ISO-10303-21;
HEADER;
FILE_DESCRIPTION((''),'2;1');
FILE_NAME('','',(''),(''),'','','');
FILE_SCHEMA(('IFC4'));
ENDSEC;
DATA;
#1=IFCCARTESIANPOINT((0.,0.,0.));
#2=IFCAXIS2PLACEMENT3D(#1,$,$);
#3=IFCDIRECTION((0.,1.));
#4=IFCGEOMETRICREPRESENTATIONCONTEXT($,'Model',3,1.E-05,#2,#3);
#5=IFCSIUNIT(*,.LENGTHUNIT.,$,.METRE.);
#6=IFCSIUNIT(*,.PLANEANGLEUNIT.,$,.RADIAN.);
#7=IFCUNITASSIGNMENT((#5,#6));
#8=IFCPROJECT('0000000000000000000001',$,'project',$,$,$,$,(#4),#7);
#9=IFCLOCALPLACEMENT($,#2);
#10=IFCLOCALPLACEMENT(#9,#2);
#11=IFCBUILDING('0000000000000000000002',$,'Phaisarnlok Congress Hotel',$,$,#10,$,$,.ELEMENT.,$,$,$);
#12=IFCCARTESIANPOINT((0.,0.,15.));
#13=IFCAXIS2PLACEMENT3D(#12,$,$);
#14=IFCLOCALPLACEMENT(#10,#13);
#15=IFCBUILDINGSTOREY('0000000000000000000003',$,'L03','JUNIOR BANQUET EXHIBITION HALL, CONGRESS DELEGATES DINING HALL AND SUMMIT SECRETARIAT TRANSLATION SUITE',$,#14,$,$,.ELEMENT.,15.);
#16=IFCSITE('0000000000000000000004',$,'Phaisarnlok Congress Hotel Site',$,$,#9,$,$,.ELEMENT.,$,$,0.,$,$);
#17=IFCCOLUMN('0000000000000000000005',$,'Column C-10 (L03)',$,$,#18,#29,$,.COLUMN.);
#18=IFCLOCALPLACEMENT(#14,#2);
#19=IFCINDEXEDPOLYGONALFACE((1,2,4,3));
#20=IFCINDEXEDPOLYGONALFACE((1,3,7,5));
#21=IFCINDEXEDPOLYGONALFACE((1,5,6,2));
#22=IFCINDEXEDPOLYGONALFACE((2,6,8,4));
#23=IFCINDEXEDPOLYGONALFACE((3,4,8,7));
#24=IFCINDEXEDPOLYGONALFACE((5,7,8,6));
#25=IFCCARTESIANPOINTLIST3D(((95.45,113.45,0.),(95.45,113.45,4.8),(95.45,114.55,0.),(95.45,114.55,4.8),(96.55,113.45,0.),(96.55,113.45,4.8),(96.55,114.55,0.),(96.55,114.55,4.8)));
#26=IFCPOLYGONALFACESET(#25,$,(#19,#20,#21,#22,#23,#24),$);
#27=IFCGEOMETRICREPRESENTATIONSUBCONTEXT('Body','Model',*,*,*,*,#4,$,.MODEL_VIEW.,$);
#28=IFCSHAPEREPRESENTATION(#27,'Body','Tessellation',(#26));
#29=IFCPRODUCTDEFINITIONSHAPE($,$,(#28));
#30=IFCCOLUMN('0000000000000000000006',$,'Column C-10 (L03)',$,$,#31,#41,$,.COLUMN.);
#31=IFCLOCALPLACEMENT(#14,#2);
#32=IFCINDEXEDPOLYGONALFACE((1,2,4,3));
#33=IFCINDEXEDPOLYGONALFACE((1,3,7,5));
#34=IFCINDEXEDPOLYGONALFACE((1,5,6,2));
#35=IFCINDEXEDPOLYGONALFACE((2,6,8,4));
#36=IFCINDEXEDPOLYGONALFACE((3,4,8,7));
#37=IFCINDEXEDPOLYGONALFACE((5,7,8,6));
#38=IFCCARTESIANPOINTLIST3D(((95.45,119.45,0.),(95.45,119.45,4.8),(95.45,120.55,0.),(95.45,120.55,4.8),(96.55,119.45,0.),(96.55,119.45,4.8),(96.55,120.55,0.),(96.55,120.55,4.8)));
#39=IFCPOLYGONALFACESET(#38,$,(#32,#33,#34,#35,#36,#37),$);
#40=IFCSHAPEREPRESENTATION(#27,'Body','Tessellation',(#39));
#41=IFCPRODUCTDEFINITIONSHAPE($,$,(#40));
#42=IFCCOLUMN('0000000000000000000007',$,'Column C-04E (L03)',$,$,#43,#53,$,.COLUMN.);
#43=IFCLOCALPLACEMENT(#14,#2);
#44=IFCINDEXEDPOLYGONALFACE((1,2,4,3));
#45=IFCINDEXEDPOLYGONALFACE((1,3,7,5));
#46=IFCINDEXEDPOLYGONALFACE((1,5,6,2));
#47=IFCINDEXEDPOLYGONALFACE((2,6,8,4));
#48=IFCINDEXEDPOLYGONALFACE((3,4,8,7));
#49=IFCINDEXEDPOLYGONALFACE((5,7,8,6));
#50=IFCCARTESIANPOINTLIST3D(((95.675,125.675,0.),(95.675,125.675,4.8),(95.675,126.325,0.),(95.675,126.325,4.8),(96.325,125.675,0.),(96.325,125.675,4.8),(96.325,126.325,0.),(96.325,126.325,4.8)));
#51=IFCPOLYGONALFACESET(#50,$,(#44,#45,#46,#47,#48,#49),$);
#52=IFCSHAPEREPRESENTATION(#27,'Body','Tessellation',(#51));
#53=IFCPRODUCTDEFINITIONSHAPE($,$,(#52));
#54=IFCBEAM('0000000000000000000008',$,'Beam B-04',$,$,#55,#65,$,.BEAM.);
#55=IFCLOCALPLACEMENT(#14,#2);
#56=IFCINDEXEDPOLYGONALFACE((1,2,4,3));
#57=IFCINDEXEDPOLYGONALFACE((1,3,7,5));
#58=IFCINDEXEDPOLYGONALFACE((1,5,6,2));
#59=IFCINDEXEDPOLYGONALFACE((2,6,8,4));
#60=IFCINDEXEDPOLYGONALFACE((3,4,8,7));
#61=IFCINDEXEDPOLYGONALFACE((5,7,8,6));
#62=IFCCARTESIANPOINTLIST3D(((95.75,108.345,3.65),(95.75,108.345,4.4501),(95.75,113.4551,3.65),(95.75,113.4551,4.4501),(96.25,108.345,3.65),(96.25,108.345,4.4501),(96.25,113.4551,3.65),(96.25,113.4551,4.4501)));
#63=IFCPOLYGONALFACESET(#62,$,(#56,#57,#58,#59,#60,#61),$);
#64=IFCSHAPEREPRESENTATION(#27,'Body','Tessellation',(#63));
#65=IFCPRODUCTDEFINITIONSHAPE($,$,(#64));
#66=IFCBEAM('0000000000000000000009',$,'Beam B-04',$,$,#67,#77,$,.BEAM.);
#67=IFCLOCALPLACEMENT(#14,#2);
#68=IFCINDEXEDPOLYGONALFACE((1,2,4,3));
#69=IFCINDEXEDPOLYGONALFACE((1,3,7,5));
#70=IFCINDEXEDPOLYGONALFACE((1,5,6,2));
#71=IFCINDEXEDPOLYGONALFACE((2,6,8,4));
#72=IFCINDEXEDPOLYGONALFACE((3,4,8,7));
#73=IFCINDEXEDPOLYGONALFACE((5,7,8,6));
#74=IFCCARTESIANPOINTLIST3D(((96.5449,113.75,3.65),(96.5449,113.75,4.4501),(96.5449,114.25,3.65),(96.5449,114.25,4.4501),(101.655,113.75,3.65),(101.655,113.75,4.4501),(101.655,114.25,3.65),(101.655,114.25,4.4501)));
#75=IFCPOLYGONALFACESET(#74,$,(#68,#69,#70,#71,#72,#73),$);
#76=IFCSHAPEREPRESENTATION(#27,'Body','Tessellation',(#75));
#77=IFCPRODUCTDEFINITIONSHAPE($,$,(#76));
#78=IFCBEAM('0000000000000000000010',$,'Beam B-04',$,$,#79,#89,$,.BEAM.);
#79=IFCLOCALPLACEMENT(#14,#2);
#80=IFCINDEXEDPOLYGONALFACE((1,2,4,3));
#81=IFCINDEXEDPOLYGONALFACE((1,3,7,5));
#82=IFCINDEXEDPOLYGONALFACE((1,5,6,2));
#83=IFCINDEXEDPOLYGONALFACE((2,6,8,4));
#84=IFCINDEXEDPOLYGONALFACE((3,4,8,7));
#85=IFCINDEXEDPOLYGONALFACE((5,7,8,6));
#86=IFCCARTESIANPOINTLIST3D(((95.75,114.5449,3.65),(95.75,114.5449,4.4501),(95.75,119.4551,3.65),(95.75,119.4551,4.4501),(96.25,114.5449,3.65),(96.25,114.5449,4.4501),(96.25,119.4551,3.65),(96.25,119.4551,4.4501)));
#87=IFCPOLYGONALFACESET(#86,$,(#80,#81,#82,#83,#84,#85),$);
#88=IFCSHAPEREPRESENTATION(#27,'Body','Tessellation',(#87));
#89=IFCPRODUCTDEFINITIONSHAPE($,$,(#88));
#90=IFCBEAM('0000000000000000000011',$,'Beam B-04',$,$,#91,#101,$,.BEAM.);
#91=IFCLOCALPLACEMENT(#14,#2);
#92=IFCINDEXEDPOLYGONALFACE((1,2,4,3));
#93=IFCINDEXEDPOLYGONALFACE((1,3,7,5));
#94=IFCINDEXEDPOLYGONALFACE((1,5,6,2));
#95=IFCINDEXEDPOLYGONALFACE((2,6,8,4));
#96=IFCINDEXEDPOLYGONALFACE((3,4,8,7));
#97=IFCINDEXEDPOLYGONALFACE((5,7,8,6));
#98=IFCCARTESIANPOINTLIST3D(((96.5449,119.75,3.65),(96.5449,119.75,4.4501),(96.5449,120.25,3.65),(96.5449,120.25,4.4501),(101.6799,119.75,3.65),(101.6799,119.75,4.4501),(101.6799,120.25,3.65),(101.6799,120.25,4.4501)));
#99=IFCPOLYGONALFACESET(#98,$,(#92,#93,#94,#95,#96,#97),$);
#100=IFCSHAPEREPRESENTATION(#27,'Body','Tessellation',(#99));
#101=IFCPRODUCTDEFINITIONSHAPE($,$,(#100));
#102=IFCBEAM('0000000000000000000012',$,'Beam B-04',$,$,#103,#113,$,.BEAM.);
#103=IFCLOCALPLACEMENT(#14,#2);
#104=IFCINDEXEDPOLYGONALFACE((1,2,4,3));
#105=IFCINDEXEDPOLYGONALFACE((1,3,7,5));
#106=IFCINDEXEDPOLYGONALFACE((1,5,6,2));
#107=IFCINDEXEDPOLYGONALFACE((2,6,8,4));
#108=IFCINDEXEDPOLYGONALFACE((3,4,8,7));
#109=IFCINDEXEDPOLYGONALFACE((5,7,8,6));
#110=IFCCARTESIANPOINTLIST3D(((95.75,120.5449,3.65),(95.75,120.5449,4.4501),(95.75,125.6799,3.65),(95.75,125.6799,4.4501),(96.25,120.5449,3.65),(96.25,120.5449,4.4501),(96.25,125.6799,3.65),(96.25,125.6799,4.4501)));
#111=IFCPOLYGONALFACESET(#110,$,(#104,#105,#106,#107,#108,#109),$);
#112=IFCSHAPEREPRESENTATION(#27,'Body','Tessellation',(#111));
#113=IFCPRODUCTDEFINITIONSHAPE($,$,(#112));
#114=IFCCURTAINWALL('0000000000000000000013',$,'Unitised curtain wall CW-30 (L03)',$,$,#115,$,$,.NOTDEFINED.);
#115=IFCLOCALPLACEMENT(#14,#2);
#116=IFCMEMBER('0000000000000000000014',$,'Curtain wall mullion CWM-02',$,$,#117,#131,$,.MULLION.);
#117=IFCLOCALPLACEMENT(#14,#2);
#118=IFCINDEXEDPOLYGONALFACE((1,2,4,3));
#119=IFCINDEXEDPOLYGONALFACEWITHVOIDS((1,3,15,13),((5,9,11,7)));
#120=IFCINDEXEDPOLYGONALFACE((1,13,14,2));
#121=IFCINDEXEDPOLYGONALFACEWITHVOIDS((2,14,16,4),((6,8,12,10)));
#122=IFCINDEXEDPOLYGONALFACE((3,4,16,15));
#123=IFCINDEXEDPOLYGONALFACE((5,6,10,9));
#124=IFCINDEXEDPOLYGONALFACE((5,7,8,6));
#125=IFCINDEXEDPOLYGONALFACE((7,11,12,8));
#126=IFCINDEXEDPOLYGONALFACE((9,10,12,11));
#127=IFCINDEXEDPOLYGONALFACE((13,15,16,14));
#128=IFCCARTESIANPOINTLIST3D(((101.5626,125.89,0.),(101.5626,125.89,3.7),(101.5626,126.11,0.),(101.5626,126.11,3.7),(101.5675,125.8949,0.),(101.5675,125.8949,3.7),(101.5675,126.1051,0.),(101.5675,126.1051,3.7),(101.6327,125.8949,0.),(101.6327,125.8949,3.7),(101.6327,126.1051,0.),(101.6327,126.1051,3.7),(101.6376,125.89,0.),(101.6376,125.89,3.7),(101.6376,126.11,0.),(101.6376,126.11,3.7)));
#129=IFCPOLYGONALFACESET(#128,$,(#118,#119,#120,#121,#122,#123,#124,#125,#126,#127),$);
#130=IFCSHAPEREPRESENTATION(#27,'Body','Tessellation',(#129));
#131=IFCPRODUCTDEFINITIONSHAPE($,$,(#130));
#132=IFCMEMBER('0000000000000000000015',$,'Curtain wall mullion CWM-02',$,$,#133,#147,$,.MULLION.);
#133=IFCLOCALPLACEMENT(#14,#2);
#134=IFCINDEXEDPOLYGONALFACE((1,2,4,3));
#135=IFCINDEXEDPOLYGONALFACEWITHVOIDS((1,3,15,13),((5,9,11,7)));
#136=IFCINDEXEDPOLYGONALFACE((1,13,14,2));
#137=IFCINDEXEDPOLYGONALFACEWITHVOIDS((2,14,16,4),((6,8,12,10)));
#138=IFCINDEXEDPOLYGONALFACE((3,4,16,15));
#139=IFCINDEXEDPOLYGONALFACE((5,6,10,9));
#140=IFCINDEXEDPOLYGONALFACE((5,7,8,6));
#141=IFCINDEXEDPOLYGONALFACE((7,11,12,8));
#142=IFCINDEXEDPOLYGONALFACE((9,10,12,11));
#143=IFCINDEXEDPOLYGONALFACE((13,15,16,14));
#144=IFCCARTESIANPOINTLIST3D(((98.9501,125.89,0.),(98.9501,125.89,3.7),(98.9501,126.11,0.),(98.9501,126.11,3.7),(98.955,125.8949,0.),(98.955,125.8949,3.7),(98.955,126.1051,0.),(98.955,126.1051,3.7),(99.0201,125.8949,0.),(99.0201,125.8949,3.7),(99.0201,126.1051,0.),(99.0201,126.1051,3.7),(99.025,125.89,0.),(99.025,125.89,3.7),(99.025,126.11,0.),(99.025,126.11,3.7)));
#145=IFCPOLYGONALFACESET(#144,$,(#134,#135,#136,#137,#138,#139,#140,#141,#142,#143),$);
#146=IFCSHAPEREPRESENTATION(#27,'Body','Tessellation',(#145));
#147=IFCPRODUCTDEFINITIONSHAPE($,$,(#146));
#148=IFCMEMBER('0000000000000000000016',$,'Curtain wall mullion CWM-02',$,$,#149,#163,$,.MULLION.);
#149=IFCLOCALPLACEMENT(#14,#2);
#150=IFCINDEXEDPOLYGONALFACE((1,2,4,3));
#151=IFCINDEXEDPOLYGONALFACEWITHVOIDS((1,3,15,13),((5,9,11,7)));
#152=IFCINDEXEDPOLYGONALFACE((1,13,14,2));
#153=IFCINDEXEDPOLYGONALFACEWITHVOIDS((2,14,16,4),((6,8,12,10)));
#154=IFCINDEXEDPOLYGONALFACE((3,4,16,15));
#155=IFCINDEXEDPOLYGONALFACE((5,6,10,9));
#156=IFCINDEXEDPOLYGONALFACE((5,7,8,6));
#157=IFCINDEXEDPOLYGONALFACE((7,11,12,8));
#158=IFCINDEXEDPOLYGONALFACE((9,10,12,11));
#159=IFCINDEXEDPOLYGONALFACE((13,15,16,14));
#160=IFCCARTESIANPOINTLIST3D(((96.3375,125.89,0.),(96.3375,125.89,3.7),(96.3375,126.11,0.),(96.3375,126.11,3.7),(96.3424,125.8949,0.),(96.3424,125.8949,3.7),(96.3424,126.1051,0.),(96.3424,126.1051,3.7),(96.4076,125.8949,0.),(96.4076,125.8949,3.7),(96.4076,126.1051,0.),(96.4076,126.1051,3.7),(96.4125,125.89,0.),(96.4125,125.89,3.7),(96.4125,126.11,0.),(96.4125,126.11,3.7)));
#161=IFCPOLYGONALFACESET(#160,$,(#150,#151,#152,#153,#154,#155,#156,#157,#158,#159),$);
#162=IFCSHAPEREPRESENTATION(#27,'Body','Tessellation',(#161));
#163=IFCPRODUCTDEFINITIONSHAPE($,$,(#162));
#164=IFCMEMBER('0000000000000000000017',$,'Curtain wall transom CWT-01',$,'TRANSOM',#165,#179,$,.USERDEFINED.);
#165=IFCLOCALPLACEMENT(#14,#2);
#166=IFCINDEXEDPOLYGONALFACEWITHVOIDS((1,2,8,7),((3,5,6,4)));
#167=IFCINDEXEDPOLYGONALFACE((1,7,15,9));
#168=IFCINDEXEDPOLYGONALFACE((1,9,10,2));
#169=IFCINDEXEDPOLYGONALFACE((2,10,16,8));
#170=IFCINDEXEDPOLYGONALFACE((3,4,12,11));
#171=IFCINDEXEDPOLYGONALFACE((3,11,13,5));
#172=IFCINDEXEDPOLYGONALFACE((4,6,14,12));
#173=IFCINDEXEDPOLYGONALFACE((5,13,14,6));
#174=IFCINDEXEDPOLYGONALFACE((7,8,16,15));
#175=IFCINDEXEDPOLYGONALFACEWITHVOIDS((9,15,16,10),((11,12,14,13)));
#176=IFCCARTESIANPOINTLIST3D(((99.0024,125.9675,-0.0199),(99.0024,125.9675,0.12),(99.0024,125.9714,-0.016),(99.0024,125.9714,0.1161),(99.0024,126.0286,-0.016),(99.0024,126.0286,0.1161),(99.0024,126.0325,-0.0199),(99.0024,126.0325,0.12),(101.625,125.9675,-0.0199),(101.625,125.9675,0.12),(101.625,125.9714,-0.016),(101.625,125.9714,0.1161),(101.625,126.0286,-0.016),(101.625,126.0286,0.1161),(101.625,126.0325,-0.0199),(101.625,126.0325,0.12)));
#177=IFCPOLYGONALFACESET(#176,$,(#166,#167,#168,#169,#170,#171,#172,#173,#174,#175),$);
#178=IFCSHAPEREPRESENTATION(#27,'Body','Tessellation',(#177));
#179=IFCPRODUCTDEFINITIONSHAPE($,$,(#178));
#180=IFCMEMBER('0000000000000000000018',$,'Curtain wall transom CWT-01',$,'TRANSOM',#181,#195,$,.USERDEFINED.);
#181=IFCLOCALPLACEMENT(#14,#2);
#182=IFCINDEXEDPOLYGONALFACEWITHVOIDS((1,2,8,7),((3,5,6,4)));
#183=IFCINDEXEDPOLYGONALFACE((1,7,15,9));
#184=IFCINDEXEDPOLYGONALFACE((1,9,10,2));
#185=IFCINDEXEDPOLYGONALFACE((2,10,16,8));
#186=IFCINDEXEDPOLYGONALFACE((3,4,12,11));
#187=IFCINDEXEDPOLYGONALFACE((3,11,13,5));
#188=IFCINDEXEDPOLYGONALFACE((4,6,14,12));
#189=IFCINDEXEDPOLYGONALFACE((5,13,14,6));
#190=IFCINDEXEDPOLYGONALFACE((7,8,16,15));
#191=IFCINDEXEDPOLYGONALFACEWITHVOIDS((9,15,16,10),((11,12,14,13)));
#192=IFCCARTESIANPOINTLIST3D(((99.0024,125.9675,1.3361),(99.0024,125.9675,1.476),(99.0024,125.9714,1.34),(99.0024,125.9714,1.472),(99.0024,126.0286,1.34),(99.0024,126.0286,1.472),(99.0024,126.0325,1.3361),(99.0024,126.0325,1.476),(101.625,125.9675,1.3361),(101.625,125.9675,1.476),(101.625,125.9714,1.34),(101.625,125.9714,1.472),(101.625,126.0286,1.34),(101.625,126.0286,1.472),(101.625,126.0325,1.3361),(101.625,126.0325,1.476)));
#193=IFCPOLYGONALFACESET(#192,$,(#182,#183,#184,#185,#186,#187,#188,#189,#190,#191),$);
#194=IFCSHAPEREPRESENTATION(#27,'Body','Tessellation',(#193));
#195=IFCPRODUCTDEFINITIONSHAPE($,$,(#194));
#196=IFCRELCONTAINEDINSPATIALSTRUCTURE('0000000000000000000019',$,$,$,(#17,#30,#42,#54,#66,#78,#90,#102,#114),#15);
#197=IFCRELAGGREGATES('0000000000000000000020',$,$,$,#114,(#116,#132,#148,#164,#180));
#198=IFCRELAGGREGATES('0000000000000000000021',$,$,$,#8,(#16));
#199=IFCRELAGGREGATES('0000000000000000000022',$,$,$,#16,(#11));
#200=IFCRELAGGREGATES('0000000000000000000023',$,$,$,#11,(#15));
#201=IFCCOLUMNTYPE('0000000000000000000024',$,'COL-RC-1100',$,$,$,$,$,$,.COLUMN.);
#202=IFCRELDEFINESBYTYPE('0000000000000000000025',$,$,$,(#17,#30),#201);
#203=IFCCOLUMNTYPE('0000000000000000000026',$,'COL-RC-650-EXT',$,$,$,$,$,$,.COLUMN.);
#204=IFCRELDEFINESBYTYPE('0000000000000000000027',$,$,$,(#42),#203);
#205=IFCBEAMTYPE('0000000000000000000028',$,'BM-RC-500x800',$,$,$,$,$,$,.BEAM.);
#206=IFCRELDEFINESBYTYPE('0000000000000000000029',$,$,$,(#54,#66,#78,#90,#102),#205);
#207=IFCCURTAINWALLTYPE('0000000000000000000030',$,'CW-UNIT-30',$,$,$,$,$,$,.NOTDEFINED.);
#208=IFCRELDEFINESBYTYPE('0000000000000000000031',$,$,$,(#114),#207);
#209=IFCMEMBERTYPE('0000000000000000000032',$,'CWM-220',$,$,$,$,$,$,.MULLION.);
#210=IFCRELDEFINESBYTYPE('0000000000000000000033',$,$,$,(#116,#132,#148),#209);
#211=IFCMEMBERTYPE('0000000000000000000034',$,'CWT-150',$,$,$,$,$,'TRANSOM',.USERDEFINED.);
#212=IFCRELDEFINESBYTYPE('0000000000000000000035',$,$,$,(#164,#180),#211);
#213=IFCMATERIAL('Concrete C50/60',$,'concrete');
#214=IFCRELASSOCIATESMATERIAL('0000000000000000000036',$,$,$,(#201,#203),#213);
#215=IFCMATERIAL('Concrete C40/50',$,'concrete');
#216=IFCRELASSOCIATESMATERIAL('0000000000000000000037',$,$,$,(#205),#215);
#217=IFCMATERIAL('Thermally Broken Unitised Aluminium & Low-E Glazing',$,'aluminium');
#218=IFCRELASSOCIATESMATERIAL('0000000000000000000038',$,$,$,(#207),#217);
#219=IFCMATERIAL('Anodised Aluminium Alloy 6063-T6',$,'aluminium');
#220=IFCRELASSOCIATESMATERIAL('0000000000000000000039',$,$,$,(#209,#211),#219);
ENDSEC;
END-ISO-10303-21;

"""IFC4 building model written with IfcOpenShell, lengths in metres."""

from ifc_helpers import new_model, si_unit, direction, frame, origin, origin_2d, place, context, subcontext, project, spatial, rectangle, hollow_rectangle, extrude, material, material_profile, profile_set, type_object, element, aggregate, save


model = new_model("IFC4")

# Units and contexts
model_context = context("Model", 3, precision=1e-05, world=origin(), true_north=direction((0.0, 1.0)))
body_context = subcontext(model_context, "Body", "Model", "MODEL_VIEW")
ifc_project = project(units=[si_unit("LENGTHUNIT", "METRE"), si_unit("PLANEANGLEUNIT", "RADIAN")], contexts=[model_context])

# Site, building, storey
site_placement = place(None, origin())
site = spatial("IfcSite", under=ifc_project, at=site_placement, Name="Phaisarnlok Congress Hotel Site", CompositionType="ELEMENT", RefElevation=0.0)
building_placement = place(site_placement, origin())
building = spatial("IfcBuilding", under=site, at=building_placement, Name="Phaisarnlok Congress Hotel", CompositionType="ELEMENT")
storey_placement = place(building_placement, frame((0.0, 0.0, 15.0)))
storey = spatial("IfcBuildingStorey", under=building, at=storey_placement, Name="L03", Description="JUNIOR BANQUET EXHIBITION HALL, CONGRESS DELEGATES DINING HALL AND SUMMIT SECRETARIAT TRANSLATION SUITE", CompositionType="ELEMENT", Elevation=15.0)

# Columns
ifc_material_1 = material(Name="Concrete C50/60", Category="concrete")
ifc_material_profile_1 = material_profile(ifc_material_1, rectangle(XDim=1.1001, YDim=1.1001, at=origin_2d()), Name="RC 1100x1100")
ifc_profile_set_1 = profile_set([ifc_material_profile_1], Name="Concrete C50/60")
column_type_1 = type_object("IfcColumnType", Name="COL-RC-1100", PredefinedType="COLUMN", material=ifc_profile_set_1)
for number, where, z_axis, x_axis, name in (
    (1, (96.0, 114.0, 0.0), (0.0, 0.0, 1.0), (1.0, 0.0, 0.0), "Column C-10 (L03)"),
    (2, (96.0, 120.0, 0.0), (0.0, 0.0, 1.0), (1.0, 0.0, 0.0), "Column C-10 (L03)"),
):
    element("IfcColumn", number, at=place(storey_placement, frame(where, z_axis=z_axis, x_axis=x_axis)), inside=storey, type_object=column_type_1, Name=name, PredefinedType="COLUMN", context=body_context, shape_type="SweptSolid", body=[
        extrude(rectangle(XDim=1.1001, YDim=1.1001, at=origin_2d()), origin(), (0.0, 0.0, 1.0), 4.8),
    ])
ifc_material_profile_2 = material_profile(ifc_material_1, rectangle(XDim=0.6499, YDim=0.6499, at=origin_2d()), Name="RC 650x650")
ifc_profile_set_2 = profile_set([ifc_material_profile_2], Name="Concrete C50/60")
column_type_2 = type_object("IfcColumnType", Name="COL-RC-650-EXT", PredefinedType="COLUMN", material=ifc_profile_set_2)
column_placement = place(storey_placement, frame((96.0, 126.0, 0.0), z_axis=(0.0, 0.0, 1.0), x_axis=(1.0, 0.0, 0.0)))
element("IfcColumn", 3, at=column_placement, inside=storey, type_object=column_type_2, Name="Column C-04E (L03)", PredefinedType="COLUMN", context=body_context, shape_type="SweptSolid", body=[
    extrude(rectangle(XDim=0.6499, YDim=0.6499, at=origin_2d()), origin(), (0.0, 0.0, 1.0), 4.8),
])

# Beams
ifc_material_2 = material(Name="Concrete C40/50", Category="concrete")
ifc_material_profile_3 = material_profile(ifc_material_2, rectangle(XDim=0.5, YDim=0.8, at=origin_2d()), Name="RC 500x800")
ifc_profile_set_3 = profile_set([ifc_material_profile_3], Name="Concrete C40/50")
beam_type_1 = type_object("IfcBeamType", Name="BM-RC-500x800", PredefinedType="BEAM", material=ifc_profile_set_3)
for number, where, z_axis, x_axis, name in (
    (4, (96.0, 108.345, 4.05), (0.0, 1.0, 0.0), (-1.0, 0.0, 0.0), "Beam B-04"),
    (5, (96.5449, 114.0, 4.05), (1.0, 0.0, 0.0), (0.0, 1.0, 0.0), "Beam B-04"),
):
    element("IfcBeam", number, at=place(storey_placement, frame(where, z_axis=z_axis, x_axis=x_axis)), inside=storey, type_object=beam_type_1, Name=name, PredefinedType="BEAM", context=body_context, shape_type="SweptSolid", body=[
        extrude(rectangle(XDim=0.5, YDim=0.8, at=origin_2d()), origin(), (0.0, 0.0, 1.0), 5.1101),
    ])
beam_1_placement = place(storey_placement, frame((96.0, 114.5449, 4.05), z_axis=(0.0, 1.0, 0.0), x_axis=(-1.0, 0.0, 0.0)))
element("IfcBeam", 6, at=beam_1_placement, inside=storey, type_object=beam_type_1, Name="Beam B-04", PredefinedType="BEAM", context=body_context, shape_type="SweptSolid", body=[
    extrude(rectangle(XDim=0.5, YDim=0.8, at=origin_2d()), origin(), (0.0, 0.0, 1.0), 4.9102),
])
for number, where, z_axis, x_axis, name in (
    (7, (96.5449, 120.0, 4.05), (1.0, 0.0, 0.0), (0.0, 1.0, 0.0), "Beam B-04"),
    (8, (96.0, 120.5449, 4.05), (0.0, 1.0, 0.0), (-1.0, 0.0, 0.0), "Beam B-04"),
):
    element("IfcBeam", number, at=place(storey_placement, frame(where, z_axis=z_axis, x_axis=x_axis)), inside=storey, type_object=beam_type_1, Name=name, PredefinedType="BEAM", context=body_context, shape_type="SweptSolid", body=[
        extrude(rectangle(XDim=0.5, YDim=0.8, at=origin_2d()), origin(), (0.0, 0.0, 1.0), 5.135),
    ])

# Curtain wall, members
ifc_material_3 = material(Name="Thermally Broken Unitised Aluminium & Low-E Glazing", Category="aluminium")
curtain_wall_type = type_object("IfcCurtainWallType", Name="CW-UNIT-30", PredefinedType="NOTDEFINED", material=ifc_material_3)
curtain_wall_placement = place(storey_placement, origin())
curtain_wall = element("IfcCurtainWall", 9, at=curtain_wall_placement, inside=storey, type_object=curtain_wall_type, Name="Unitised curtain wall CW-30 (L03)", PredefinedType="NOTDEFINED")
ifc_material_4 = material(Name="Anodised Aluminium Alloy 6063-T6", Category="aluminium")
ifc_material_profile_4 = material_profile(ifc_material_4, hollow_rectangle(XDim=0.075, YDim=0.22, WallThickness=0.0049, at=origin_2d()), Name="ALU-M 75x220x5")
ifc_profile_set_4 = profile_set([ifc_material_profile_4], Name="Anodised Aluminium Alloy 6063-T6")
member_type_1 = type_object("IfcMemberType", Name="CWM-220", PredefinedType="MULLION", material=ifc_profile_set_4)
member_1_placement = place(storey_placement, frame((101.6001, 126.0, 0.0), z_axis=(0.0, 0.0, 1.0), x_axis=(-1.0, 0.0, 0.0)))
member_1 = element("IfcMember", 10, at=member_1_placement, type_object=member_type_1, Name="Curtain wall mullion CWM-02", PredefinedType="MULLION", context=body_context, shape_type="SweptSolid", body=[
    extrude(hollow_rectangle(XDim=0.075, YDim=0.22, WallThickness=0.0049, at=origin_2d()), origin(), (0.0, 0.0, 1.0), 3.7),
])
member_2_placement = place(storey_placement, frame((98.9875, 126.0, 0.0), z_axis=(0.0, 0.0, 1.0), x_axis=(-1.0, 0.0, 0.0)))
member_2 = element("IfcMember", 11, at=member_2_placement, type_object=member_type_1, Name="Curtain wall mullion CWM-02", PredefinedType="MULLION", context=body_context, shape_type="SweptSolid", body=[
    extrude(hollow_rectangle(XDim=0.075, YDim=0.22, WallThickness=0.0049, at=origin_2d()), origin(), (0.0, 0.0, 1.0), 3.7),
])
member_3_placement = place(storey_placement, frame((96.375, 126.0, 0.0), z_axis=(0.0, 0.0, 1.0), x_axis=(-1.0, 0.0, 0.0)))
member_3 = element("IfcMember", 12, at=member_3_placement, type_object=member_type_1, Name="Curtain wall mullion CWM-02", PredefinedType="MULLION", context=body_context, shape_type="SweptSolid", body=[
    extrude(hollow_rectangle(XDim=0.075, YDim=0.22, WallThickness=0.0049, at=origin_2d()), origin(), (0.0, 0.0, 1.0), 3.7),
])
ifc_material_profile_5 = material_profile(ifc_material_4, hollow_rectangle(XDim=0.0649, YDim=0.1399, WallThickness=0.0039, at=origin_2d()), Name="ALU-T 65x140x4")
ifc_profile_set_5 = profile_set([ifc_material_profile_5], Name="Anodised Aluminium Alloy 6063-T6")
member_type_2 = type_object("IfcMemberType", Name="CWT-150", ElementType="TRANSOM", PredefinedType="USERDEFINED", material=ifc_profile_set_5)
member_4_placement = place(storey_placement, frame((101.625, 126.0, 0.05), z_axis=(-1.0, 0.0, 0.0), x_axis=(0.0, -1.0, 0.0)))
member_4 = element("IfcMember", 13, at=member_4_placement, type_object=member_type_2, Name="Curtain wall transom CWT-01", ObjectType="TRANSOM", PredefinedType="USERDEFINED", context=body_context, shape_type="SweptSolid", body=[
    extrude(hollow_rectangle(XDim=0.0649, YDim=0.1399, WallThickness=0.0039, at=origin_2d()), origin(), (0.0, 0.0, 1.0), 2.6226),
])
member_5_placement = place(storey_placement, frame((101.625, 126.0, 1.406), z_axis=(-1.0, 0.0, 0.0), x_axis=(0.0, -1.0, 0.0)))
member_5 = element("IfcMember", 14, at=member_5_placement, type_object=member_type_2, Name="Curtain wall transom CWT-01", ObjectType="TRANSOM", PredefinedType="USERDEFINED", context=body_context, shape_type="SweptSolid", body=[
    extrude(hollow_rectangle(XDim=0.0649, YDim=0.1399, WallThickness=0.0039, at=origin_2d()), origin(), (0.0, 0.0, 1.0), 2.6226),
])

aggregate(curtain_wall, [member_1, member_2, member_3, member_4, member_5])

save(model, "model.ifc")
